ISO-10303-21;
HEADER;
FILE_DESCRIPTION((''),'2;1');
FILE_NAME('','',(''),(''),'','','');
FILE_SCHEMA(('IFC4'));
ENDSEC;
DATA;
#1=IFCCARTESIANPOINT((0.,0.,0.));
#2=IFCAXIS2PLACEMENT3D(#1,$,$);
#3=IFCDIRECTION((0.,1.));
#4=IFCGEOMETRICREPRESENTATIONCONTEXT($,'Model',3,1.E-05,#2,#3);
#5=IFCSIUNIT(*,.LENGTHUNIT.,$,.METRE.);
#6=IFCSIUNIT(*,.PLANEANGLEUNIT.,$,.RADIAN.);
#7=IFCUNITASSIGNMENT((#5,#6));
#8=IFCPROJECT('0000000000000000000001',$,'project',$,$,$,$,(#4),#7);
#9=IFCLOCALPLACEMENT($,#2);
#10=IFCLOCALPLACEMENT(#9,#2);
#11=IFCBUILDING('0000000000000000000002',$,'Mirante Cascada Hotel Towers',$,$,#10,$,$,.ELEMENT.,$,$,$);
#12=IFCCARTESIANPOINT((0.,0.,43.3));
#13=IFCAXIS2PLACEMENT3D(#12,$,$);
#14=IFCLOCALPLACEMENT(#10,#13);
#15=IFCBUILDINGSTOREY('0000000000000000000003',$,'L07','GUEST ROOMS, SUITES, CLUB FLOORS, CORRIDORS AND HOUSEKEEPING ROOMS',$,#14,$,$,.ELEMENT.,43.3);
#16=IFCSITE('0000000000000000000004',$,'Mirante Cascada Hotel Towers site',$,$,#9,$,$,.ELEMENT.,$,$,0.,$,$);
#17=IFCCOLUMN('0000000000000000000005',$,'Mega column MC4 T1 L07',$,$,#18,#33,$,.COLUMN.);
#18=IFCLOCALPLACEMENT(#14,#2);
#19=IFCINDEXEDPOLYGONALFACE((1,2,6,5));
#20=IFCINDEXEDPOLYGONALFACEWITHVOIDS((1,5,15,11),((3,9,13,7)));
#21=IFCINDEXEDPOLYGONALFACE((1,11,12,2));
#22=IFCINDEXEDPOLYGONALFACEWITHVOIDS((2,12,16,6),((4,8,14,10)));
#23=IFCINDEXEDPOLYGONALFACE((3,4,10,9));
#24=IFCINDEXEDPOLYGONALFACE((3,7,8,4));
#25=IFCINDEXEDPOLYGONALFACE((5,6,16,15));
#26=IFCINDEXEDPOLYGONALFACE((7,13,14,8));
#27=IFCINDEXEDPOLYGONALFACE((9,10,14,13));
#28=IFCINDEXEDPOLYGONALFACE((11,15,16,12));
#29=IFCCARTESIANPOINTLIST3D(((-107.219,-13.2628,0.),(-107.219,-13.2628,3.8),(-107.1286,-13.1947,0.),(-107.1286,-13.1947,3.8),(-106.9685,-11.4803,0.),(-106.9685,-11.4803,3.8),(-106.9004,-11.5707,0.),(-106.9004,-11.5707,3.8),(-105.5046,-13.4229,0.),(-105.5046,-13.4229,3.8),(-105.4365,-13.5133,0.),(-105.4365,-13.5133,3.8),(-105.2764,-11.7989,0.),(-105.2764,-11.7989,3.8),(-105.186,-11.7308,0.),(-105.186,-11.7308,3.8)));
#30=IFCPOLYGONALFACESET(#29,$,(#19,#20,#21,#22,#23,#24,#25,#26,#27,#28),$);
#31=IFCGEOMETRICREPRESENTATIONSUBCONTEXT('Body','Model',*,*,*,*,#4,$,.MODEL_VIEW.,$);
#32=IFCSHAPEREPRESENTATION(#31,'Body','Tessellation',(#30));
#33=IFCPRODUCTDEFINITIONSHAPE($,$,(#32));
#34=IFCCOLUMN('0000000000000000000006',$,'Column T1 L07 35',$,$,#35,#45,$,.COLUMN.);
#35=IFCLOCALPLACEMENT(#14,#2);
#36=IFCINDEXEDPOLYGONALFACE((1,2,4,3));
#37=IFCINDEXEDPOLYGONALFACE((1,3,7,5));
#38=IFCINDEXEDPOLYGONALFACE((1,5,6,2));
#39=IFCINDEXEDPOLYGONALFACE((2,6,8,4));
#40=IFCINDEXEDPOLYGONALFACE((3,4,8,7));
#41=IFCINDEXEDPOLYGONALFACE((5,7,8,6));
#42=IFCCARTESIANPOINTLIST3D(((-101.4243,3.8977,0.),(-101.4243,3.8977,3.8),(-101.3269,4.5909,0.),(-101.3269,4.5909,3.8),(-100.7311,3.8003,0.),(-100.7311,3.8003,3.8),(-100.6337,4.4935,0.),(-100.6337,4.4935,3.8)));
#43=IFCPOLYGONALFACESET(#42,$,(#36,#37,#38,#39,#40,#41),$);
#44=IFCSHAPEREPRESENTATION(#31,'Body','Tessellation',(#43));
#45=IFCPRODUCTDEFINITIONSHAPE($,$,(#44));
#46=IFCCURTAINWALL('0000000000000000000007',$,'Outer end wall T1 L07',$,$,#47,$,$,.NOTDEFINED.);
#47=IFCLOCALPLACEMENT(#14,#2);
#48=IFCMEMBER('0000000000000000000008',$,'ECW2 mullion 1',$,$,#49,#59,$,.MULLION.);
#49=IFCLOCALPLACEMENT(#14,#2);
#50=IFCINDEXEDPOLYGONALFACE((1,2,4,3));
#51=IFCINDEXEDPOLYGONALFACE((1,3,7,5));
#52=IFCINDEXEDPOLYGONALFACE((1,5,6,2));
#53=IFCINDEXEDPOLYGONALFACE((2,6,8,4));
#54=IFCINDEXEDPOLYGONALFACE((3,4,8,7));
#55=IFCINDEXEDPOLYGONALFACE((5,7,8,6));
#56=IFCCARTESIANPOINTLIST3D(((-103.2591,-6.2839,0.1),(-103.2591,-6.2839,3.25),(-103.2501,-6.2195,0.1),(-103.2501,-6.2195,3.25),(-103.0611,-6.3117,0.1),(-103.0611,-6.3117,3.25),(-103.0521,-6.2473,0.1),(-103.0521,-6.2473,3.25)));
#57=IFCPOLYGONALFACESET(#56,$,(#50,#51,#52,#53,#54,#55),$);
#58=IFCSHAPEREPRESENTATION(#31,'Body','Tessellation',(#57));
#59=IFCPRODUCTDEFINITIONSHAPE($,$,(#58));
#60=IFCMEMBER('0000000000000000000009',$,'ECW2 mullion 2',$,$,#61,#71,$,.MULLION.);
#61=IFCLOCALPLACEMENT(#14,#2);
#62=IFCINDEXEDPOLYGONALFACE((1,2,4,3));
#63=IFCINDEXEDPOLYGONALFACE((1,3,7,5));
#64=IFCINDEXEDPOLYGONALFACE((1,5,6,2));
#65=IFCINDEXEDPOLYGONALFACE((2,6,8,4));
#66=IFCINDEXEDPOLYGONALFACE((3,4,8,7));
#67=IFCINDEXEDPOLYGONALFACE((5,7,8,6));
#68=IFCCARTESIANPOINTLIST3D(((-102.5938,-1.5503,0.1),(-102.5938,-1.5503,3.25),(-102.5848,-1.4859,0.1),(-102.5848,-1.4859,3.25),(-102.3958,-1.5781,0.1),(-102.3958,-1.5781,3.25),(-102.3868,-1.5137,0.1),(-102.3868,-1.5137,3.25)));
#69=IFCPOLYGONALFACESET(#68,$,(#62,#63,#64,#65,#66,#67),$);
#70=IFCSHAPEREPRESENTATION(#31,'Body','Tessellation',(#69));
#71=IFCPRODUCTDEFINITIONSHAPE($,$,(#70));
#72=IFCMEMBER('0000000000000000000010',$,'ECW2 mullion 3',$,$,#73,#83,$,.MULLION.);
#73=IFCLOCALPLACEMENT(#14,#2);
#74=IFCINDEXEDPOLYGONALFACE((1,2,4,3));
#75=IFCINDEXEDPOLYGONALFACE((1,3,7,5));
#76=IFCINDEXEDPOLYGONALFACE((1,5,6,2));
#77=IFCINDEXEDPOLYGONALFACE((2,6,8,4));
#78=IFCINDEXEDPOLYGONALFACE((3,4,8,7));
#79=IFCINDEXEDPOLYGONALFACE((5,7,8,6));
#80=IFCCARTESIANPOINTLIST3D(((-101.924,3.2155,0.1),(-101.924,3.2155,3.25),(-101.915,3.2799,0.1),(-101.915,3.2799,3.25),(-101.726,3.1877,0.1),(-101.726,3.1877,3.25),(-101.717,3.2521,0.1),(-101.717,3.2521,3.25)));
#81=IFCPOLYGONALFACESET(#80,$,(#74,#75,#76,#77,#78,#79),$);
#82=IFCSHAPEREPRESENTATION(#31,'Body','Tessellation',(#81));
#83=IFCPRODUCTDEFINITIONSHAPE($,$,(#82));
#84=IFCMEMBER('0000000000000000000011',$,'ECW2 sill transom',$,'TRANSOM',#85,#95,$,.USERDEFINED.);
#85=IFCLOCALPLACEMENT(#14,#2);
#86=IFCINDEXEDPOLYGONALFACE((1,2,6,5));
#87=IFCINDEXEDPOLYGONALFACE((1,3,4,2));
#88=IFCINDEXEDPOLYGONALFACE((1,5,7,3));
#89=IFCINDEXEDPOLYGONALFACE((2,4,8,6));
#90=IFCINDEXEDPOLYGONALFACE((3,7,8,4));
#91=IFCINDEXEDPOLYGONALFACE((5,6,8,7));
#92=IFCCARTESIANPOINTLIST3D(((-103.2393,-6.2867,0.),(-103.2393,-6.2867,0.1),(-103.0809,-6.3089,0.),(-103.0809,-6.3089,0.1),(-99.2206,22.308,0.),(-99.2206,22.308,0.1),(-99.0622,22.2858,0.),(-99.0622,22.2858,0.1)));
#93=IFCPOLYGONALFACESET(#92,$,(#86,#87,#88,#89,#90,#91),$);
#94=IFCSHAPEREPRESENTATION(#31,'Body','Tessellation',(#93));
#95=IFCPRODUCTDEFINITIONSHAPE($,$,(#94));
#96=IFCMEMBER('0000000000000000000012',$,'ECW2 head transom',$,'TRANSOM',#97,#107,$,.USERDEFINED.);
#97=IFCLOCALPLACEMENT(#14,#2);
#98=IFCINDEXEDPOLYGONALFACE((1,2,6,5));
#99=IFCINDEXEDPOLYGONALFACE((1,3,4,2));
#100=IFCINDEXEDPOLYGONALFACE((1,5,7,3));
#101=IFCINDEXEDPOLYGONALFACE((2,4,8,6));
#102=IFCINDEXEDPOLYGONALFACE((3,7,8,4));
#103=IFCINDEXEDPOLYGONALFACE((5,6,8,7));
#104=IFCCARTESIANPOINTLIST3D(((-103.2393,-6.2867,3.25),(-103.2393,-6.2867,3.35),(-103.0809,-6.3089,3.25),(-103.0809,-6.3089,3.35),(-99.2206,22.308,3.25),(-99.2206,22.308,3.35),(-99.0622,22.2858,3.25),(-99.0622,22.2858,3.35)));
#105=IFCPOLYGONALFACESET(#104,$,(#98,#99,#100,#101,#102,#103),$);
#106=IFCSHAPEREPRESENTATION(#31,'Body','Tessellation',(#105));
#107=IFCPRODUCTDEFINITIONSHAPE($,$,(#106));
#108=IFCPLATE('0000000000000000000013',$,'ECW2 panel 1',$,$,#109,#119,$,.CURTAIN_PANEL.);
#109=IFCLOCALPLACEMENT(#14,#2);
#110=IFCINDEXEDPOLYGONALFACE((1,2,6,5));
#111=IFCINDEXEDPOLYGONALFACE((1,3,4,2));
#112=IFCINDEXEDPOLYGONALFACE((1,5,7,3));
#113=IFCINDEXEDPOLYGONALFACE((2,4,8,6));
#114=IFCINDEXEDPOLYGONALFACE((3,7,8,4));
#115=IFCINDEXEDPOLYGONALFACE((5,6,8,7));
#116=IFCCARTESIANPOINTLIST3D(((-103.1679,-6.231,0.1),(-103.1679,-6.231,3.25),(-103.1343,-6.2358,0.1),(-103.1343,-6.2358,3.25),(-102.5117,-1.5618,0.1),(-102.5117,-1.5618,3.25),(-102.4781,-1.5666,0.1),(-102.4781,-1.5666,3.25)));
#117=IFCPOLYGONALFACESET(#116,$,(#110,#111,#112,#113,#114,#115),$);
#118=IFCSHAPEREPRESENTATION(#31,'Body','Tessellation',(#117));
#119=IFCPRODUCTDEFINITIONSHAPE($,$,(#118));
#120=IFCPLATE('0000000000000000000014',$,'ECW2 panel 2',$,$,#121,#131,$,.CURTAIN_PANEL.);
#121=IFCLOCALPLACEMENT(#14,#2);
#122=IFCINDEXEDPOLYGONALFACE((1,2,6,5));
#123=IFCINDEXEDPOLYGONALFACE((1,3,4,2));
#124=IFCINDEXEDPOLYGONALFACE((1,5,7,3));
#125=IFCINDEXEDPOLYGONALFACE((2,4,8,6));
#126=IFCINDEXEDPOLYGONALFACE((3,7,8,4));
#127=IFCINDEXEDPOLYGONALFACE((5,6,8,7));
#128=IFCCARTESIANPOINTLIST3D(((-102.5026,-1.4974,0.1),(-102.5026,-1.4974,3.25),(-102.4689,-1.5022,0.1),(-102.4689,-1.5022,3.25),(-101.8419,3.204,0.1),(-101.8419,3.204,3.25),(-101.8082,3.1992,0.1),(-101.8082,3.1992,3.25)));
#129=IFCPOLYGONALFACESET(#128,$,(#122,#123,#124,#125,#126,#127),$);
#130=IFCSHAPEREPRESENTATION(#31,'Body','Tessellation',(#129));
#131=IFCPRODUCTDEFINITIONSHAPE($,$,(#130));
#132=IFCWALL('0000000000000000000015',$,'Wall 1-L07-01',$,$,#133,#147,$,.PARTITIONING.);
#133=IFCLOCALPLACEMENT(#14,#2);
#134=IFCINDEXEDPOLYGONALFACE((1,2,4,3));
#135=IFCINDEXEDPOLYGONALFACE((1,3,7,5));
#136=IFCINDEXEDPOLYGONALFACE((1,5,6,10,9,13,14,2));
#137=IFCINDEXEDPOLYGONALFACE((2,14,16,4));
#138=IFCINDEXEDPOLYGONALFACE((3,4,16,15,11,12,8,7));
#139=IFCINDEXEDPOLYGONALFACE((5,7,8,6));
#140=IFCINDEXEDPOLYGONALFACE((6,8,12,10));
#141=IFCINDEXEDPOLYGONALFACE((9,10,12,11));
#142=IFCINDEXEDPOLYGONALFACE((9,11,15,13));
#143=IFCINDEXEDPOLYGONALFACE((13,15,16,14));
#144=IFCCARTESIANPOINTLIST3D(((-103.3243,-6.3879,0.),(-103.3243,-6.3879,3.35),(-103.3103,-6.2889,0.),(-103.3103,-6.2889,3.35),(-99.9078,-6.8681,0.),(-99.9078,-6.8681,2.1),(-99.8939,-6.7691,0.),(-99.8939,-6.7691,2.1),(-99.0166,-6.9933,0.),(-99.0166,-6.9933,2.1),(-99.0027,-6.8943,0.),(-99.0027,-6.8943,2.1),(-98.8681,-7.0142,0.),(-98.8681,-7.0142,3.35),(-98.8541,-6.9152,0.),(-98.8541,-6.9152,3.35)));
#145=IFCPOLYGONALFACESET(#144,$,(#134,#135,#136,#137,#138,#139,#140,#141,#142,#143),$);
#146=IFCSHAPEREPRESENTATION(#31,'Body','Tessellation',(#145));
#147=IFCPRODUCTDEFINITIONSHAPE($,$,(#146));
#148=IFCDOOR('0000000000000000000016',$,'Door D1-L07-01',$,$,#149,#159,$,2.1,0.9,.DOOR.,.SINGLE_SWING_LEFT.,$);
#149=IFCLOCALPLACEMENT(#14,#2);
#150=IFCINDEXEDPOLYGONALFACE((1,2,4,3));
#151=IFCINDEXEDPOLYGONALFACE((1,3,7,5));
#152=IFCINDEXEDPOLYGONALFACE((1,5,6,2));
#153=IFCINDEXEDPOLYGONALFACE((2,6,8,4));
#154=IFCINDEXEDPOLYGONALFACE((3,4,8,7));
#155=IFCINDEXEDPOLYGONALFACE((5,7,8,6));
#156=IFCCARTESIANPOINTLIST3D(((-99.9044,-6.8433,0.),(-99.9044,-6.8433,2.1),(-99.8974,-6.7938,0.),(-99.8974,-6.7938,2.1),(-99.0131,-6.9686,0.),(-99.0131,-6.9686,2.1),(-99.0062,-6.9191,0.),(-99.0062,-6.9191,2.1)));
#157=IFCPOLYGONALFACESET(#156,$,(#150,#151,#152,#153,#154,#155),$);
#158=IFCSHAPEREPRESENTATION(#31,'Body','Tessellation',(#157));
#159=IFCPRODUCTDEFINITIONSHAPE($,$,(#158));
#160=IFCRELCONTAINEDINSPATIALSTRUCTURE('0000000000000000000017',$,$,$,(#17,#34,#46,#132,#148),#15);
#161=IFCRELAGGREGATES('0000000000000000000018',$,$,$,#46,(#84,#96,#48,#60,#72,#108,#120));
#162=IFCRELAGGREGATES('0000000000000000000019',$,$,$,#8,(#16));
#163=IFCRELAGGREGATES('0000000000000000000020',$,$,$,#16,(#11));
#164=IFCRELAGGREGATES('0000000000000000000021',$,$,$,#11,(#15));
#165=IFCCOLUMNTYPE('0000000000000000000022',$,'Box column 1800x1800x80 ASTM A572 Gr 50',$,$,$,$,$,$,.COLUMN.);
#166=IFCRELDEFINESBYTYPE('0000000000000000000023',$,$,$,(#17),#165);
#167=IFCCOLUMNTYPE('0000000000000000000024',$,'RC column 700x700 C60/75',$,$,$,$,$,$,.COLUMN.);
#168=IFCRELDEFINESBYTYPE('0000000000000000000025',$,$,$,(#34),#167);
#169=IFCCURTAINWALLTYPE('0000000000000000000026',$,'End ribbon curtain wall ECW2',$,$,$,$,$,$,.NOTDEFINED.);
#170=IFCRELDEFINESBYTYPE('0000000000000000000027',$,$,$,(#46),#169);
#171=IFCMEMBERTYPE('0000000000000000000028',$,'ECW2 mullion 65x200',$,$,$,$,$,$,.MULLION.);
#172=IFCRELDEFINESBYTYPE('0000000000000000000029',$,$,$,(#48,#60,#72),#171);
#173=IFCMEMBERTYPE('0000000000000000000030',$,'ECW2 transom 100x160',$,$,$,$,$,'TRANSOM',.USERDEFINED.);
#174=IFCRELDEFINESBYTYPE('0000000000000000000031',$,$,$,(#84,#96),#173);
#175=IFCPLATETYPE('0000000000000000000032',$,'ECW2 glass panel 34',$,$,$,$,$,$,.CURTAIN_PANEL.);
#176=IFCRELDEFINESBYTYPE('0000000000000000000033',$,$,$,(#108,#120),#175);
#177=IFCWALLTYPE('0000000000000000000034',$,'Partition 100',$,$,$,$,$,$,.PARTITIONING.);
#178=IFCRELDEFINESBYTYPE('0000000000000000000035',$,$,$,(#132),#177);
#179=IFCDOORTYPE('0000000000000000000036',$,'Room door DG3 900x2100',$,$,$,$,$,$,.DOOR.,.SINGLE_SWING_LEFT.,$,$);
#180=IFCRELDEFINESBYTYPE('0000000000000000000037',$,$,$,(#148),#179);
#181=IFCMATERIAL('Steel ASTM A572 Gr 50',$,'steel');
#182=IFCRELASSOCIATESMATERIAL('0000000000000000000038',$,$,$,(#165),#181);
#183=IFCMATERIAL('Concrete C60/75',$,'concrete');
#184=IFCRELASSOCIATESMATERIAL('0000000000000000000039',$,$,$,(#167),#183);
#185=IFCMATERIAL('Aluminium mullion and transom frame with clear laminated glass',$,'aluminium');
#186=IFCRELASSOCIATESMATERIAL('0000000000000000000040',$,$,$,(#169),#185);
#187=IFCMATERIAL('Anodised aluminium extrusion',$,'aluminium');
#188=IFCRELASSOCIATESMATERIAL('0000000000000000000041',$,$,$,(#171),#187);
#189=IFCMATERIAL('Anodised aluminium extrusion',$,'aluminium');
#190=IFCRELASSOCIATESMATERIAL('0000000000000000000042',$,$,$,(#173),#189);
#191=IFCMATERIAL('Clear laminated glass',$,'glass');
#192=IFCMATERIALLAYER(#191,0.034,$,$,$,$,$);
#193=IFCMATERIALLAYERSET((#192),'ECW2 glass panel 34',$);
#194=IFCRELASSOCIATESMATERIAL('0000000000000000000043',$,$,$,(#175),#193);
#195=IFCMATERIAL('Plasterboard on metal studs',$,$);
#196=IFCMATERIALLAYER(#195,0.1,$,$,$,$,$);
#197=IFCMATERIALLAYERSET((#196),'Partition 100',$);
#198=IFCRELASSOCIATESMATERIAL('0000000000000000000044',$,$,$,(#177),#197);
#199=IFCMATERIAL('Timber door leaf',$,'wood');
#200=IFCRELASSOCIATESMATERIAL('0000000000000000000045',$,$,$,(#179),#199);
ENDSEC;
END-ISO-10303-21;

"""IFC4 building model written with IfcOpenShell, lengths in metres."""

from ifc_helpers import new_model, si_unit, direction, frame, frame_2d, origin, origin_2d, place, context, subcontext, project, spatial, rectangle, hollow_rectangle, extrude, material, layer, layer_set, material_profile, profile_set, type_object, element, fill, aggregate, save


model = new_model("IFC4")

# Units and contexts
model_context = context("Model", 3, precision=1e-05, world=origin(), true_north=direction((0.0, 1.0)))
body_context = subcontext(model_context, "Body", "Model", "MODEL_VIEW")
ifc_project = project(units=[si_unit("LENGTHUNIT", "METRE"), si_unit("PLANEANGLEUNIT", "RADIAN")], contexts=[model_context])

# Site, building, storey
site_placement = place(None, origin())
site = spatial("IfcSite", under=ifc_project, at=site_placement, Name="Mirante Cascada Hotel Towers site", CompositionType="ELEMENT", RefElevation=0.0)
building_placement = place(site_placement, origin())
building = spatial("IfcBuilding", under=site, at=building_placement, Name="Mirante Cascada Hotel Towers", CompositionType="ELEMENT")
storey_placement = place(building_placement, frame((0.0, 0.0, 43.3)))
storey = spatial("IfcBuildingStorey", under=building, at=storey_placement, Name="L07", Description="GUEST ROOMS, SUITES, CLUB FLOORS, CORRIDORS AND HOUSEKEEPING ROOMS", CompositionType="ELEMENT", Elevation=43.3)

# Columns
ifc_material_1 = material(Name="Steel ASTM A572 Gr 50", Category="steel")
ifc_material_profile_1 = material_profile(ifc_material_1, hollow_rectangle(XDim=1.8, YDim=1.8, WallThickness=0.08, at=origin_2d()), Name="Box column 1800x1800x80 ASTM A572 Gr 50")
ifc_profile_set_1 = profile_set([ifc_material_profile_1], Name="Steel ASTM A572 Gr 50")
column_type_1 = type_object("IfcColumnType", Name="Box column 1800x1800x80 ASTM A572 Gr 50", PredefinedType="COLUMN", material=ifc_profile_set_1)
column_1_placement = place(storey_placement, frame((-106.2025, -12.4968, 0.0), z_axis=(0.0, 0.0, 1.0), x_axis=(-0.990268, 0.139173, 0.0)))
element("IfcColumn", 1, at=column_1_placement, inside=storey, type_object=column_type_1, Name="Mega column MC4 T1 L07", PredefinedType="COLUMN", context=body_context, shape_type="SweptSolid", body=[
    extrude(hollow_rectangle(XDim=1.8, YDim=1.8, WallThickness=0.08, at=origin_2d()), origin(), (0.0, 0.0, 1.0), 3.8),
])
ifc_material_2 = material(Name="Concrete C60/75", Category="concrete")
ifc_material_profile_2 = material_profile(ifc_material_2, rectangle(XDim=0.7, YDim=0.7, at=origin_2d()), Name="RC column 700x700 C60/75")
ifc_profile_set_2 = profile_set([ifc_material_profile_2], Name="Concrete C60/75")
column_type_2 = type_object("IfcColumnType", Name="RC column 700x700 C60/75", PredefinedType="COLUMN", material=ifc_profile_set_2)
column_2_placement = place(storey_placement, frame((-101.029, 4.1956, 0.0), z_axis=(0.0, 0.0, 1.0), x_axis=(-0.990268, 0.139173, 0.0)))
element("IfcColumn", 2, at=column_2_placement, inside=storey, type_object=column_type_2, Name="Column T1 L07 35", PredefinedType="COLUMN", context=body_context, shape_type="SweptSolid", body=[
    extrude(rectangle(XDim=0.7, YDim=0.7, at=origin_2d()), origin(), (0.0, 0.0, 1.0), 3.8),
])

# Curtain wall, members, plates
ifc_material_3 = material(Name="Aluminium mullion and transom frame with clear laminated glass", Category="aluminium")
curtain_wall_type = type_object("IfcCurtainWallType", Name="End ribbon curtain wall ECW2", PredefinedType="NOTDEFINED", material=ifc_material_3)
curtain_wall_placement = place(storey_placement, origin())
curtain_wall = element("IfcCurtainWall", 3, at=curtain_wall_placement, inside=storey, type_object=curtain_wall_type, Name="Outer end wall T1 L07", PredefinedType="NOTDEFINED")
ifc_material_4 = material(Name="Anodised aluminium extrusion", Category="aluminium")
ifc_material_profile_3 = material_profile(ifc_material_4, rectangle(XDim=0.2, YDim=0.065, at=origin_2d()), Name="ECW2 MULLION 65x200")
ifc_profile_set_3 = profile_set([ifc_material_profile_3], Name="Anodised aluminium extrusion")
member_type_1 = type_object("IfcMemberType", Name="ECW2 mullion 65x200", PredefinedType="MULLION", material=ifc_profile_set_3)
member_1_placement = place(storey_placement, frame((-103.1556, -6.2656, 0.1), z_axis=(0.0, 0.0, 1.0), x_axis=(-0.990268, 0.139173, 0.0)))
member_1 = element("IfcMember", 4, at=member_1_placement, type_object=member_type_1, Name="ECW2 mullion 1", PredefinedType="MULLION", context=body_context, shape_type="SweptSolid", body=[
    extrude(rectangle(XDim=0.2, YDim=0.065, at=origin_2d()), origin(), (0.0, 0.0, 1.0), 3.15),
])
member_2_placement = place(storey_placement, frame((-102.4903, -1.532, 0.1), z_axis=(0.0, 0.0, 1.0), x_axis=(-0.990268, 0.139173, 0.0)))
member_2 = element("IfcMember", 5, at=member_2_placement, type_object=member_type_1, Name="ECW2 mullion 2", PredefinedType="MULLION", context=body_context, shape_type="SweptSolid", body=[
    extrude(rectangle(XDim=0.2, YDim=0.065, at=origin_2d()), origin(), (0.0, 0.0, 1.0), 3.15),
])
member_3_placement = place(storey_placement, frame((-101.8205, 3.2338, 0.1), z_axis=(0.0, 0.0, 1.0), x_axis=(-0.990268, 0.139173, 0.0)))
member_3 = element("IfcMember", 6, at=member_3_placement, type_object=member_type_1, Name="ECW2 mullion 3", PredefinedType="MULLION", context=body_context, shape_type="SweptSolid", body=[
    extrude(rectangle(XDim=0.2, YDim=0.065, at=origin_2d()), origin(), (0.0, 0.0, 1.0), 3.15),
])
ifc_material_5 = material(Name="Anodised aluminium extrusion", Category="aluminium")
ifc_material_profile_4 = material_profile(ifc_material_5, rectangle(XDim=0.16, YDim=0.1, at=origin_2d()), Name="ECW2 TRANSOM 100x160")
ifc_profile_set_4 = profile_set([ifc_material_profile_4], Name="Anodised aluminium extrusion")
member_type_2 = type_object("IfcMemberType", Name="ECW2 transom 100x160", ElementType="TRANSOM", PredefinedType="USERDEFINED", material=ifc_profile_set_4)
member_4_placement = place(storey_placement, frame((-103.1601, -6.2978, 0.05), z_axis=(0.139172, 0.990268, 0.0), x_axis=(-0.990268, 0.139172, 0.0)))
member_4 = element("IfcMember", 7, at=member_4_placement, type_object=member_type_2, Name="ECW2 sill transom", ObjectType="TRANSOM", PredefinedType="USERDEFINED", context=body_context, shape_type="SweptSolid", body=[
    extrude(rectangle(XDim=0.16, YDim=0.1, at=origin_2d()), origin(), (0.0, 0.0, 1.0), 28.8757),
])
member_5_placement = place(storey_placement, frame((-103.1601, -6.2978, 3.3), z_axis=(0.139172, 0.990268, 0.0), x_axis=(-0.990268, 0.139172, 0.0)))
member_5 = element("IfcMember", 8, at=member_5_placement, type_object=member_type_2, Name="ECW2 head transom", ObjectType="TRANSOM", PredefinedType="USERDEFINED", context=body_context, shape_type="SweptSolid", body=[
    extrude(rectangle(XDim=0.16, YDim=0.1, at=origin_2d()), origin(), (0.0, 0.0, 1.0), 28.8757),
])
ifc_material_6 = material(Name="Clear laminated glass", Category="glass")
ifc_layer_1 = layer(ifc_material_6, 0.034)
ifc_layer_set_1 = layer_set([ifc_layer_1], Name="ECW2 glass panel 34")
plate_type = type_object("IfcPlateType", Name="ECW2 glass panel 34", PredefinedType="CURTAIN_PANEL", material=ifc_layer_set_1)
plate_1_placement = place(storey_placement, frame((-102.823, -3.8988, 0.1), z_axis=(0.0, 0.0, 1.0), x_axis=(0.139173, 0.990268, 0.0)))
plate_1 = element("IfcPlate", 9, at=plate_1_placement, type_object=plate_type, Name="ECW2 panel 1", PredefinedType="CURTAIN_PANEL", context=body_context, shape_type="SweptSolid", body=[
    extrude(rectangle(XDim=4.7151, YDim=0.034, at=origin_2d()), origin(), (0.0, 0.0, 1.0), 3.15),
])
plate_2_placement = place(storey_placement, frame((-102.1554, 0.8509, 0.1), z_axis=(0.0, 0.0, 1.0), x_axis=(0.139173, 0.990268, 0.0)))
plate_2 = element("IfcPlate", 10, at=plate_2_placement, type_object=plate_type, Name="ECW2 panel 2", PredefinedType="CURTAIN_PANEL", context=body_context, shape_type="SweptSolid", body=[
    extrude(rectangle(XDim=4.7476, YDim=0.034, at=origin_2d()), origin(), (0.0, 0.0, 1.0), 3.15),
])
aggregate(curtain_wall, [member_4, member_5, member_1, member_2, member_3, plate_1, plate_2])

# Wall, opening, door
ifc_material_7 = material(Name="Plasterboard on metal studs")
ifc_layer_2 = layer(ifc_material_7, 0.1)
ifc_layer_set_2 = layer_set([ifc_layer_2], Name="Partition 100")
wall_type_1 = type_object("IfcWallType", Name="Partition 100", PredefinedType="PARTITIONING", material=ifc_layer_set_2)
wall_1_placement = place(storey_placement, frame((-103.3173, -6.3384, 0.0), z_axis=(0.0, 0.0, 1.0), x_axis=(0.990267, -0.139178, 0.0)))
wall_1 = element("IfcWall", 11, at=wall_1_placement, inside=storey, type_object=wall_type_1, Name="Wall 1-L07-01", PredefinedType="PARTITIONING", context=body_context, shape_type="SweptSolid", body=[
    extrude(rectangle(XDim=4.5, YDim=0.1, at=frame_2d((2.25, 0.0))), origin(), (0.0, 0.0, 1.0), 3.35),
])
opening_1_placement = place(wall_1_placement, frame((3.45, 0.0, 0.0)))
opening_1 = element("IfcOpeningElement", 12, at=opening_1_placement, cuts=wall_1, PredefinedType="OPENING", context=body_context, shape_type="SweptSolid", body=[
    extrude(rectangle(XDim=0.9, YDim=2.1, at=frame_2d((0.45, 1.05))), frame((0.0, 0.05, 0.0), z_axis=(0.0, -1.0, 0.0), x_axis=(1.0, 0.0, 0.0)), (0.0, 0.0, 1.0), 0.1),
])
ifc_material_8 = material(Name="Timber door leaf", Category="wood")
door_type = type_object("IfcDoorType", Name="Room door DG3 900x2100", OperationType="SINGLE_SWING_LEFT", PredefinedType="DOOR", material=ifc_material_8)
door_1_placement = place(opening_1_placement, origin())
door_1 = element("IfcDoor", 13, at=door_1_placement, inside=storey, type_object=door_type, Name="Door D1-L07-01", OperationType="SINGLE_SWING_LEFT", OverallHeight=2.1, OverallWidth=0.9, PredefinedType="DOOR", context=body_context, shape_type="SweptSolid", body=[
    extrude(rectangle(XDim=0.9, YDim=2.1, at=frame_2d((0.45, 1.05))), frame((0.0, 0.025, 0.0), z_axis=(0.0, -1.0, 0.0), x_axis=(1.0, 0.0, 0.0)), (0.0, 0.0, 1.0), 0.05),
])
fill(opening_1, door_1)

save(model, "model.ifc")
